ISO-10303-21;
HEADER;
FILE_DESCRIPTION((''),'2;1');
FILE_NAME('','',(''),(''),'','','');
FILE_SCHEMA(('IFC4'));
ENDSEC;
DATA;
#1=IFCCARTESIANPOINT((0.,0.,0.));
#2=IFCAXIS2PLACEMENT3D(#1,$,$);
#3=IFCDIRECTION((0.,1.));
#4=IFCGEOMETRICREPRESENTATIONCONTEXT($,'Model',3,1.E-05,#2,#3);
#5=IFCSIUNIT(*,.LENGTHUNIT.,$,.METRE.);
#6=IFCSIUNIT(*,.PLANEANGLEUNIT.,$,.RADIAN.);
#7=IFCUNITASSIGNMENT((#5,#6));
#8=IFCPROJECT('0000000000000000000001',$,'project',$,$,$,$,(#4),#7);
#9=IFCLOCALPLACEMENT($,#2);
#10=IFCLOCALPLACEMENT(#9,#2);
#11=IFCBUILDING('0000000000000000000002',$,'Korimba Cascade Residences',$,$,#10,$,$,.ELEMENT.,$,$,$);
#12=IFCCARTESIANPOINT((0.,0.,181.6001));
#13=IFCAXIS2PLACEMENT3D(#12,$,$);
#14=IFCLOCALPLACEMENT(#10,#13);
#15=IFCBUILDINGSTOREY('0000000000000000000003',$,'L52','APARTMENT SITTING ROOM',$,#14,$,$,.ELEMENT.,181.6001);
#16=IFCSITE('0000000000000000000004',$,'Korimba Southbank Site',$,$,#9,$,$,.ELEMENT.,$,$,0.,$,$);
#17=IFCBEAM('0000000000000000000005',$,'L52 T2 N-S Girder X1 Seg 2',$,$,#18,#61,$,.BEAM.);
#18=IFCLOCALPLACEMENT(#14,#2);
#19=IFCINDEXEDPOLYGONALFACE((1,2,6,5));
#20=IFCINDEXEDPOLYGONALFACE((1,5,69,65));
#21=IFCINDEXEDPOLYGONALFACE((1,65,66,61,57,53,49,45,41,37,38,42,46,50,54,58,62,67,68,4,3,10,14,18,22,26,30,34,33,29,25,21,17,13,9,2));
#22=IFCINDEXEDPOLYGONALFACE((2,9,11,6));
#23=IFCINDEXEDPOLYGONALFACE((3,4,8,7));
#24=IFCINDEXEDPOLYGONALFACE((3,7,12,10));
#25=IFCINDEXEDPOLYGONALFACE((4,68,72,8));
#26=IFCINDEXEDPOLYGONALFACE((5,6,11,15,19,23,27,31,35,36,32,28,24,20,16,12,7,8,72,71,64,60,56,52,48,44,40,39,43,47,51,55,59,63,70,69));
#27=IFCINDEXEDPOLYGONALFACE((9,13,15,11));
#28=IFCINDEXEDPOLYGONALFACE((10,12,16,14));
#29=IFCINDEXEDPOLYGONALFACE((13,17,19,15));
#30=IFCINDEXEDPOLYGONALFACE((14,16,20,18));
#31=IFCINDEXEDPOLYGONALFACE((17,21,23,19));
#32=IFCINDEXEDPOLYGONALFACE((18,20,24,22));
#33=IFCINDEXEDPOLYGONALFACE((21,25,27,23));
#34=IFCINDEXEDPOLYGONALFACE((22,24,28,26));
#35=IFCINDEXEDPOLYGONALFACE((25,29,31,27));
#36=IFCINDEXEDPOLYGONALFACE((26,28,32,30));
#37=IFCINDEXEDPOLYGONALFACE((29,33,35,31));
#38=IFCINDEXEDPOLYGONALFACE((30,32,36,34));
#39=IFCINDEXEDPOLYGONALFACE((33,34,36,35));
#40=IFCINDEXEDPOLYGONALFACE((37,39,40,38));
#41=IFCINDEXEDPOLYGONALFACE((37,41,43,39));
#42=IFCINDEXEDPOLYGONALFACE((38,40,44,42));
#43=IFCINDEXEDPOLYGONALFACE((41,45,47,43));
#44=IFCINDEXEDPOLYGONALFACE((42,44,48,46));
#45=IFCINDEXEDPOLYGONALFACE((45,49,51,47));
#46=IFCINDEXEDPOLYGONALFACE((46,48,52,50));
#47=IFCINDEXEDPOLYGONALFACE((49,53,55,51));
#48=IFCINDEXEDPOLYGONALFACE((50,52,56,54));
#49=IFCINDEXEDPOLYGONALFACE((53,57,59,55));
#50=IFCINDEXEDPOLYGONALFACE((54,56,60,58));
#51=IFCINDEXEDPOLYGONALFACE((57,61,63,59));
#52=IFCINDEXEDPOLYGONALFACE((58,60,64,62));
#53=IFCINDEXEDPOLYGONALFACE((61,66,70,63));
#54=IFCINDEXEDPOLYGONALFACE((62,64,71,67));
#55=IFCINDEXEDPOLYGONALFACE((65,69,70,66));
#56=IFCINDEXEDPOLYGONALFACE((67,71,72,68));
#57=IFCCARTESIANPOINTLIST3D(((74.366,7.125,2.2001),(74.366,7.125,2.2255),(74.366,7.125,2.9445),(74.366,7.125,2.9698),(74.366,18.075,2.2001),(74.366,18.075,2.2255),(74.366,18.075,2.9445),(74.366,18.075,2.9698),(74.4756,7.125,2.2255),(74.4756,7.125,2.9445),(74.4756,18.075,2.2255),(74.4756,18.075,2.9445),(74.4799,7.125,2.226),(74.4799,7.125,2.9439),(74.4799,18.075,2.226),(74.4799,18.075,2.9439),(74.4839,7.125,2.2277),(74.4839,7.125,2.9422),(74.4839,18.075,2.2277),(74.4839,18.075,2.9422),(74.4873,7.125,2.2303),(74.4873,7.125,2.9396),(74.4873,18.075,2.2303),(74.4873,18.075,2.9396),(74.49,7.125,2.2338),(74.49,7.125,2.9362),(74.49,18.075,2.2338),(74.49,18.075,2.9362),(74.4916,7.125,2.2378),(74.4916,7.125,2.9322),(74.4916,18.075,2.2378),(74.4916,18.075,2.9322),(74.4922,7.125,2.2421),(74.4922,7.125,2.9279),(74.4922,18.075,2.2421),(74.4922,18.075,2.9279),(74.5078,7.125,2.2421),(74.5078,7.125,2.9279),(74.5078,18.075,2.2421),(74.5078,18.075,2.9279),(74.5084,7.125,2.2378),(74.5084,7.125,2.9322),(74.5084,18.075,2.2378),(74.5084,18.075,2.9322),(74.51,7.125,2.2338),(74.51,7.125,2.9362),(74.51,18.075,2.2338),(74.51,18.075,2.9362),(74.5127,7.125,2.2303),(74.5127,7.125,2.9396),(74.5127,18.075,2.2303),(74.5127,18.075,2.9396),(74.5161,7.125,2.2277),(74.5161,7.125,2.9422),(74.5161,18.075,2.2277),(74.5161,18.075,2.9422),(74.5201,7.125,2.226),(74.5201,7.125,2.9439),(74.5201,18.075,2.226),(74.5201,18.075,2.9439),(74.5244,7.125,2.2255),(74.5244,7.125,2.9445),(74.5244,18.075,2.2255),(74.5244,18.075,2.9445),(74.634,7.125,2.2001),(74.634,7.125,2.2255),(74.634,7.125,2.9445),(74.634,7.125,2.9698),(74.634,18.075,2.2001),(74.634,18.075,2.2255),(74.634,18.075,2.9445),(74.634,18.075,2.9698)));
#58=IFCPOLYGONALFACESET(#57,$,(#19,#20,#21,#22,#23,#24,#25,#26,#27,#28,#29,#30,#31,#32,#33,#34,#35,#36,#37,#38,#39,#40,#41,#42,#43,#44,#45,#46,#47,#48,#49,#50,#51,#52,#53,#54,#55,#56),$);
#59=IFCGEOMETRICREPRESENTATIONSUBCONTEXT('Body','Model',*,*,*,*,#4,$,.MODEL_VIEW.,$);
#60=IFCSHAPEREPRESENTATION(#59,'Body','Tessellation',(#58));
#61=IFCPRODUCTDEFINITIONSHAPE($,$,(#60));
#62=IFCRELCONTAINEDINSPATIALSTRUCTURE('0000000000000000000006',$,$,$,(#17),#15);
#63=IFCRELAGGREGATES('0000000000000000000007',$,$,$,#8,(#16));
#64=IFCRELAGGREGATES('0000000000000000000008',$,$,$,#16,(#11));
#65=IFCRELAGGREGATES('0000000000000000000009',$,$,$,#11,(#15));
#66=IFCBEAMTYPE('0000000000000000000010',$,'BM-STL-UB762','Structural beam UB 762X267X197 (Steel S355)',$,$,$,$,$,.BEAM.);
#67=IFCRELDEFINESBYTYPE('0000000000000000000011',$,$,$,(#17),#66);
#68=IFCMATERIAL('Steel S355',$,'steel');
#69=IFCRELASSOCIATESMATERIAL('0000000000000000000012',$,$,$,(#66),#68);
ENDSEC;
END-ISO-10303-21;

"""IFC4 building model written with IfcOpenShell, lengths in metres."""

from ifc_helpers import new_model, si_unit, direction, frame, origin, origin_2d, place, context, subcontext, project, spatial, i_section, extrude, material, material_profile, profile_set, type_object, element, save


model = new_model("IFC4")

# Units and contexts
model_context = context("Model", 3, precision=1e-05, world=origin(), true_north=direction((0.0, 1.0)))
body_context = subcontext(model_context, "Body", "Model", "MODEL_VIEW")
ifc_project = project(units=[si_unit("LENGTHUNIT", "METRE"), si_unit("PLANEANGLEUNIT", "RADIAN")], contexts=[model_context])

# Site, building, storey
site_placement = place(None, origin())
site = spatial("IfcSite", under=ifc_project, at=site_placement, Name="Korimba Southbank Site", CompositionType="ELEMENT", RefElevation=0.0)
building_placement = place(site_placement, origin())
building = spatial("IfcBuilding", under=site, at=building_placement, Name="Korimba Cascade Residences", CompositionType="ELEMENT")
storey_placement = place(building_placement, frame((0.0, 0.0, 181.6001)))
storey = spatial("IfcBuildingStorey", under=building, at=storey_placement, Name="L52", Description="APARTMENT SITTING ROOM", CompositionType="ELEMENT", Elevation=181.6001)

# Beam
ifc_material_1 = material(Name="Steel S355", Category="steel")
ifc_material_profile_1 = material_profile(ifc_material_1, i_section(OverallWidth=0.2681, OverallDepth=0.7698, WebThickness=0.0156, FlangeThickness=0.0254, FilletRadius=0.0166, at=origin_2d()), Name="Steel S355")
ifc_profile_set_1 = profile_set([ifc_material_profile_1], Name="Steel S355")
beam_type_1 = type_object("IfcBeamType", Name="BM-STL-UB762", Description="Structural beam UB 762X267X197 (Steel S355)", PredefinedType="BEAM", material=ifc_profile_set_1)
beam_1_placement = place(storey_placement, frame((74.5, 7.125, 2.585), z_axis=(0.0, 1.0, 0.0), x_axis=(-1.0, 0.0, 0.0)))
element("IfcBeam", 1, at=beam_1_placement, inside=storey, type_object=beam_type_1, Name="L52 T2 N-S Girder X1 Seg 2", PredefinedType="BEAM", context=body_context, shape_type="SweptSolid", body=[
    extrude(i_section(OverallWidth=0.2681, OverallDepth=0.7698, WebThickness=0.0156, FlangeThickness=0.0254, FilletRadius=0.0166, at=origin_2d()), origin(), (0.0, 0.0, 1.0), 10.95),
])

save(model, "model.ifc")
